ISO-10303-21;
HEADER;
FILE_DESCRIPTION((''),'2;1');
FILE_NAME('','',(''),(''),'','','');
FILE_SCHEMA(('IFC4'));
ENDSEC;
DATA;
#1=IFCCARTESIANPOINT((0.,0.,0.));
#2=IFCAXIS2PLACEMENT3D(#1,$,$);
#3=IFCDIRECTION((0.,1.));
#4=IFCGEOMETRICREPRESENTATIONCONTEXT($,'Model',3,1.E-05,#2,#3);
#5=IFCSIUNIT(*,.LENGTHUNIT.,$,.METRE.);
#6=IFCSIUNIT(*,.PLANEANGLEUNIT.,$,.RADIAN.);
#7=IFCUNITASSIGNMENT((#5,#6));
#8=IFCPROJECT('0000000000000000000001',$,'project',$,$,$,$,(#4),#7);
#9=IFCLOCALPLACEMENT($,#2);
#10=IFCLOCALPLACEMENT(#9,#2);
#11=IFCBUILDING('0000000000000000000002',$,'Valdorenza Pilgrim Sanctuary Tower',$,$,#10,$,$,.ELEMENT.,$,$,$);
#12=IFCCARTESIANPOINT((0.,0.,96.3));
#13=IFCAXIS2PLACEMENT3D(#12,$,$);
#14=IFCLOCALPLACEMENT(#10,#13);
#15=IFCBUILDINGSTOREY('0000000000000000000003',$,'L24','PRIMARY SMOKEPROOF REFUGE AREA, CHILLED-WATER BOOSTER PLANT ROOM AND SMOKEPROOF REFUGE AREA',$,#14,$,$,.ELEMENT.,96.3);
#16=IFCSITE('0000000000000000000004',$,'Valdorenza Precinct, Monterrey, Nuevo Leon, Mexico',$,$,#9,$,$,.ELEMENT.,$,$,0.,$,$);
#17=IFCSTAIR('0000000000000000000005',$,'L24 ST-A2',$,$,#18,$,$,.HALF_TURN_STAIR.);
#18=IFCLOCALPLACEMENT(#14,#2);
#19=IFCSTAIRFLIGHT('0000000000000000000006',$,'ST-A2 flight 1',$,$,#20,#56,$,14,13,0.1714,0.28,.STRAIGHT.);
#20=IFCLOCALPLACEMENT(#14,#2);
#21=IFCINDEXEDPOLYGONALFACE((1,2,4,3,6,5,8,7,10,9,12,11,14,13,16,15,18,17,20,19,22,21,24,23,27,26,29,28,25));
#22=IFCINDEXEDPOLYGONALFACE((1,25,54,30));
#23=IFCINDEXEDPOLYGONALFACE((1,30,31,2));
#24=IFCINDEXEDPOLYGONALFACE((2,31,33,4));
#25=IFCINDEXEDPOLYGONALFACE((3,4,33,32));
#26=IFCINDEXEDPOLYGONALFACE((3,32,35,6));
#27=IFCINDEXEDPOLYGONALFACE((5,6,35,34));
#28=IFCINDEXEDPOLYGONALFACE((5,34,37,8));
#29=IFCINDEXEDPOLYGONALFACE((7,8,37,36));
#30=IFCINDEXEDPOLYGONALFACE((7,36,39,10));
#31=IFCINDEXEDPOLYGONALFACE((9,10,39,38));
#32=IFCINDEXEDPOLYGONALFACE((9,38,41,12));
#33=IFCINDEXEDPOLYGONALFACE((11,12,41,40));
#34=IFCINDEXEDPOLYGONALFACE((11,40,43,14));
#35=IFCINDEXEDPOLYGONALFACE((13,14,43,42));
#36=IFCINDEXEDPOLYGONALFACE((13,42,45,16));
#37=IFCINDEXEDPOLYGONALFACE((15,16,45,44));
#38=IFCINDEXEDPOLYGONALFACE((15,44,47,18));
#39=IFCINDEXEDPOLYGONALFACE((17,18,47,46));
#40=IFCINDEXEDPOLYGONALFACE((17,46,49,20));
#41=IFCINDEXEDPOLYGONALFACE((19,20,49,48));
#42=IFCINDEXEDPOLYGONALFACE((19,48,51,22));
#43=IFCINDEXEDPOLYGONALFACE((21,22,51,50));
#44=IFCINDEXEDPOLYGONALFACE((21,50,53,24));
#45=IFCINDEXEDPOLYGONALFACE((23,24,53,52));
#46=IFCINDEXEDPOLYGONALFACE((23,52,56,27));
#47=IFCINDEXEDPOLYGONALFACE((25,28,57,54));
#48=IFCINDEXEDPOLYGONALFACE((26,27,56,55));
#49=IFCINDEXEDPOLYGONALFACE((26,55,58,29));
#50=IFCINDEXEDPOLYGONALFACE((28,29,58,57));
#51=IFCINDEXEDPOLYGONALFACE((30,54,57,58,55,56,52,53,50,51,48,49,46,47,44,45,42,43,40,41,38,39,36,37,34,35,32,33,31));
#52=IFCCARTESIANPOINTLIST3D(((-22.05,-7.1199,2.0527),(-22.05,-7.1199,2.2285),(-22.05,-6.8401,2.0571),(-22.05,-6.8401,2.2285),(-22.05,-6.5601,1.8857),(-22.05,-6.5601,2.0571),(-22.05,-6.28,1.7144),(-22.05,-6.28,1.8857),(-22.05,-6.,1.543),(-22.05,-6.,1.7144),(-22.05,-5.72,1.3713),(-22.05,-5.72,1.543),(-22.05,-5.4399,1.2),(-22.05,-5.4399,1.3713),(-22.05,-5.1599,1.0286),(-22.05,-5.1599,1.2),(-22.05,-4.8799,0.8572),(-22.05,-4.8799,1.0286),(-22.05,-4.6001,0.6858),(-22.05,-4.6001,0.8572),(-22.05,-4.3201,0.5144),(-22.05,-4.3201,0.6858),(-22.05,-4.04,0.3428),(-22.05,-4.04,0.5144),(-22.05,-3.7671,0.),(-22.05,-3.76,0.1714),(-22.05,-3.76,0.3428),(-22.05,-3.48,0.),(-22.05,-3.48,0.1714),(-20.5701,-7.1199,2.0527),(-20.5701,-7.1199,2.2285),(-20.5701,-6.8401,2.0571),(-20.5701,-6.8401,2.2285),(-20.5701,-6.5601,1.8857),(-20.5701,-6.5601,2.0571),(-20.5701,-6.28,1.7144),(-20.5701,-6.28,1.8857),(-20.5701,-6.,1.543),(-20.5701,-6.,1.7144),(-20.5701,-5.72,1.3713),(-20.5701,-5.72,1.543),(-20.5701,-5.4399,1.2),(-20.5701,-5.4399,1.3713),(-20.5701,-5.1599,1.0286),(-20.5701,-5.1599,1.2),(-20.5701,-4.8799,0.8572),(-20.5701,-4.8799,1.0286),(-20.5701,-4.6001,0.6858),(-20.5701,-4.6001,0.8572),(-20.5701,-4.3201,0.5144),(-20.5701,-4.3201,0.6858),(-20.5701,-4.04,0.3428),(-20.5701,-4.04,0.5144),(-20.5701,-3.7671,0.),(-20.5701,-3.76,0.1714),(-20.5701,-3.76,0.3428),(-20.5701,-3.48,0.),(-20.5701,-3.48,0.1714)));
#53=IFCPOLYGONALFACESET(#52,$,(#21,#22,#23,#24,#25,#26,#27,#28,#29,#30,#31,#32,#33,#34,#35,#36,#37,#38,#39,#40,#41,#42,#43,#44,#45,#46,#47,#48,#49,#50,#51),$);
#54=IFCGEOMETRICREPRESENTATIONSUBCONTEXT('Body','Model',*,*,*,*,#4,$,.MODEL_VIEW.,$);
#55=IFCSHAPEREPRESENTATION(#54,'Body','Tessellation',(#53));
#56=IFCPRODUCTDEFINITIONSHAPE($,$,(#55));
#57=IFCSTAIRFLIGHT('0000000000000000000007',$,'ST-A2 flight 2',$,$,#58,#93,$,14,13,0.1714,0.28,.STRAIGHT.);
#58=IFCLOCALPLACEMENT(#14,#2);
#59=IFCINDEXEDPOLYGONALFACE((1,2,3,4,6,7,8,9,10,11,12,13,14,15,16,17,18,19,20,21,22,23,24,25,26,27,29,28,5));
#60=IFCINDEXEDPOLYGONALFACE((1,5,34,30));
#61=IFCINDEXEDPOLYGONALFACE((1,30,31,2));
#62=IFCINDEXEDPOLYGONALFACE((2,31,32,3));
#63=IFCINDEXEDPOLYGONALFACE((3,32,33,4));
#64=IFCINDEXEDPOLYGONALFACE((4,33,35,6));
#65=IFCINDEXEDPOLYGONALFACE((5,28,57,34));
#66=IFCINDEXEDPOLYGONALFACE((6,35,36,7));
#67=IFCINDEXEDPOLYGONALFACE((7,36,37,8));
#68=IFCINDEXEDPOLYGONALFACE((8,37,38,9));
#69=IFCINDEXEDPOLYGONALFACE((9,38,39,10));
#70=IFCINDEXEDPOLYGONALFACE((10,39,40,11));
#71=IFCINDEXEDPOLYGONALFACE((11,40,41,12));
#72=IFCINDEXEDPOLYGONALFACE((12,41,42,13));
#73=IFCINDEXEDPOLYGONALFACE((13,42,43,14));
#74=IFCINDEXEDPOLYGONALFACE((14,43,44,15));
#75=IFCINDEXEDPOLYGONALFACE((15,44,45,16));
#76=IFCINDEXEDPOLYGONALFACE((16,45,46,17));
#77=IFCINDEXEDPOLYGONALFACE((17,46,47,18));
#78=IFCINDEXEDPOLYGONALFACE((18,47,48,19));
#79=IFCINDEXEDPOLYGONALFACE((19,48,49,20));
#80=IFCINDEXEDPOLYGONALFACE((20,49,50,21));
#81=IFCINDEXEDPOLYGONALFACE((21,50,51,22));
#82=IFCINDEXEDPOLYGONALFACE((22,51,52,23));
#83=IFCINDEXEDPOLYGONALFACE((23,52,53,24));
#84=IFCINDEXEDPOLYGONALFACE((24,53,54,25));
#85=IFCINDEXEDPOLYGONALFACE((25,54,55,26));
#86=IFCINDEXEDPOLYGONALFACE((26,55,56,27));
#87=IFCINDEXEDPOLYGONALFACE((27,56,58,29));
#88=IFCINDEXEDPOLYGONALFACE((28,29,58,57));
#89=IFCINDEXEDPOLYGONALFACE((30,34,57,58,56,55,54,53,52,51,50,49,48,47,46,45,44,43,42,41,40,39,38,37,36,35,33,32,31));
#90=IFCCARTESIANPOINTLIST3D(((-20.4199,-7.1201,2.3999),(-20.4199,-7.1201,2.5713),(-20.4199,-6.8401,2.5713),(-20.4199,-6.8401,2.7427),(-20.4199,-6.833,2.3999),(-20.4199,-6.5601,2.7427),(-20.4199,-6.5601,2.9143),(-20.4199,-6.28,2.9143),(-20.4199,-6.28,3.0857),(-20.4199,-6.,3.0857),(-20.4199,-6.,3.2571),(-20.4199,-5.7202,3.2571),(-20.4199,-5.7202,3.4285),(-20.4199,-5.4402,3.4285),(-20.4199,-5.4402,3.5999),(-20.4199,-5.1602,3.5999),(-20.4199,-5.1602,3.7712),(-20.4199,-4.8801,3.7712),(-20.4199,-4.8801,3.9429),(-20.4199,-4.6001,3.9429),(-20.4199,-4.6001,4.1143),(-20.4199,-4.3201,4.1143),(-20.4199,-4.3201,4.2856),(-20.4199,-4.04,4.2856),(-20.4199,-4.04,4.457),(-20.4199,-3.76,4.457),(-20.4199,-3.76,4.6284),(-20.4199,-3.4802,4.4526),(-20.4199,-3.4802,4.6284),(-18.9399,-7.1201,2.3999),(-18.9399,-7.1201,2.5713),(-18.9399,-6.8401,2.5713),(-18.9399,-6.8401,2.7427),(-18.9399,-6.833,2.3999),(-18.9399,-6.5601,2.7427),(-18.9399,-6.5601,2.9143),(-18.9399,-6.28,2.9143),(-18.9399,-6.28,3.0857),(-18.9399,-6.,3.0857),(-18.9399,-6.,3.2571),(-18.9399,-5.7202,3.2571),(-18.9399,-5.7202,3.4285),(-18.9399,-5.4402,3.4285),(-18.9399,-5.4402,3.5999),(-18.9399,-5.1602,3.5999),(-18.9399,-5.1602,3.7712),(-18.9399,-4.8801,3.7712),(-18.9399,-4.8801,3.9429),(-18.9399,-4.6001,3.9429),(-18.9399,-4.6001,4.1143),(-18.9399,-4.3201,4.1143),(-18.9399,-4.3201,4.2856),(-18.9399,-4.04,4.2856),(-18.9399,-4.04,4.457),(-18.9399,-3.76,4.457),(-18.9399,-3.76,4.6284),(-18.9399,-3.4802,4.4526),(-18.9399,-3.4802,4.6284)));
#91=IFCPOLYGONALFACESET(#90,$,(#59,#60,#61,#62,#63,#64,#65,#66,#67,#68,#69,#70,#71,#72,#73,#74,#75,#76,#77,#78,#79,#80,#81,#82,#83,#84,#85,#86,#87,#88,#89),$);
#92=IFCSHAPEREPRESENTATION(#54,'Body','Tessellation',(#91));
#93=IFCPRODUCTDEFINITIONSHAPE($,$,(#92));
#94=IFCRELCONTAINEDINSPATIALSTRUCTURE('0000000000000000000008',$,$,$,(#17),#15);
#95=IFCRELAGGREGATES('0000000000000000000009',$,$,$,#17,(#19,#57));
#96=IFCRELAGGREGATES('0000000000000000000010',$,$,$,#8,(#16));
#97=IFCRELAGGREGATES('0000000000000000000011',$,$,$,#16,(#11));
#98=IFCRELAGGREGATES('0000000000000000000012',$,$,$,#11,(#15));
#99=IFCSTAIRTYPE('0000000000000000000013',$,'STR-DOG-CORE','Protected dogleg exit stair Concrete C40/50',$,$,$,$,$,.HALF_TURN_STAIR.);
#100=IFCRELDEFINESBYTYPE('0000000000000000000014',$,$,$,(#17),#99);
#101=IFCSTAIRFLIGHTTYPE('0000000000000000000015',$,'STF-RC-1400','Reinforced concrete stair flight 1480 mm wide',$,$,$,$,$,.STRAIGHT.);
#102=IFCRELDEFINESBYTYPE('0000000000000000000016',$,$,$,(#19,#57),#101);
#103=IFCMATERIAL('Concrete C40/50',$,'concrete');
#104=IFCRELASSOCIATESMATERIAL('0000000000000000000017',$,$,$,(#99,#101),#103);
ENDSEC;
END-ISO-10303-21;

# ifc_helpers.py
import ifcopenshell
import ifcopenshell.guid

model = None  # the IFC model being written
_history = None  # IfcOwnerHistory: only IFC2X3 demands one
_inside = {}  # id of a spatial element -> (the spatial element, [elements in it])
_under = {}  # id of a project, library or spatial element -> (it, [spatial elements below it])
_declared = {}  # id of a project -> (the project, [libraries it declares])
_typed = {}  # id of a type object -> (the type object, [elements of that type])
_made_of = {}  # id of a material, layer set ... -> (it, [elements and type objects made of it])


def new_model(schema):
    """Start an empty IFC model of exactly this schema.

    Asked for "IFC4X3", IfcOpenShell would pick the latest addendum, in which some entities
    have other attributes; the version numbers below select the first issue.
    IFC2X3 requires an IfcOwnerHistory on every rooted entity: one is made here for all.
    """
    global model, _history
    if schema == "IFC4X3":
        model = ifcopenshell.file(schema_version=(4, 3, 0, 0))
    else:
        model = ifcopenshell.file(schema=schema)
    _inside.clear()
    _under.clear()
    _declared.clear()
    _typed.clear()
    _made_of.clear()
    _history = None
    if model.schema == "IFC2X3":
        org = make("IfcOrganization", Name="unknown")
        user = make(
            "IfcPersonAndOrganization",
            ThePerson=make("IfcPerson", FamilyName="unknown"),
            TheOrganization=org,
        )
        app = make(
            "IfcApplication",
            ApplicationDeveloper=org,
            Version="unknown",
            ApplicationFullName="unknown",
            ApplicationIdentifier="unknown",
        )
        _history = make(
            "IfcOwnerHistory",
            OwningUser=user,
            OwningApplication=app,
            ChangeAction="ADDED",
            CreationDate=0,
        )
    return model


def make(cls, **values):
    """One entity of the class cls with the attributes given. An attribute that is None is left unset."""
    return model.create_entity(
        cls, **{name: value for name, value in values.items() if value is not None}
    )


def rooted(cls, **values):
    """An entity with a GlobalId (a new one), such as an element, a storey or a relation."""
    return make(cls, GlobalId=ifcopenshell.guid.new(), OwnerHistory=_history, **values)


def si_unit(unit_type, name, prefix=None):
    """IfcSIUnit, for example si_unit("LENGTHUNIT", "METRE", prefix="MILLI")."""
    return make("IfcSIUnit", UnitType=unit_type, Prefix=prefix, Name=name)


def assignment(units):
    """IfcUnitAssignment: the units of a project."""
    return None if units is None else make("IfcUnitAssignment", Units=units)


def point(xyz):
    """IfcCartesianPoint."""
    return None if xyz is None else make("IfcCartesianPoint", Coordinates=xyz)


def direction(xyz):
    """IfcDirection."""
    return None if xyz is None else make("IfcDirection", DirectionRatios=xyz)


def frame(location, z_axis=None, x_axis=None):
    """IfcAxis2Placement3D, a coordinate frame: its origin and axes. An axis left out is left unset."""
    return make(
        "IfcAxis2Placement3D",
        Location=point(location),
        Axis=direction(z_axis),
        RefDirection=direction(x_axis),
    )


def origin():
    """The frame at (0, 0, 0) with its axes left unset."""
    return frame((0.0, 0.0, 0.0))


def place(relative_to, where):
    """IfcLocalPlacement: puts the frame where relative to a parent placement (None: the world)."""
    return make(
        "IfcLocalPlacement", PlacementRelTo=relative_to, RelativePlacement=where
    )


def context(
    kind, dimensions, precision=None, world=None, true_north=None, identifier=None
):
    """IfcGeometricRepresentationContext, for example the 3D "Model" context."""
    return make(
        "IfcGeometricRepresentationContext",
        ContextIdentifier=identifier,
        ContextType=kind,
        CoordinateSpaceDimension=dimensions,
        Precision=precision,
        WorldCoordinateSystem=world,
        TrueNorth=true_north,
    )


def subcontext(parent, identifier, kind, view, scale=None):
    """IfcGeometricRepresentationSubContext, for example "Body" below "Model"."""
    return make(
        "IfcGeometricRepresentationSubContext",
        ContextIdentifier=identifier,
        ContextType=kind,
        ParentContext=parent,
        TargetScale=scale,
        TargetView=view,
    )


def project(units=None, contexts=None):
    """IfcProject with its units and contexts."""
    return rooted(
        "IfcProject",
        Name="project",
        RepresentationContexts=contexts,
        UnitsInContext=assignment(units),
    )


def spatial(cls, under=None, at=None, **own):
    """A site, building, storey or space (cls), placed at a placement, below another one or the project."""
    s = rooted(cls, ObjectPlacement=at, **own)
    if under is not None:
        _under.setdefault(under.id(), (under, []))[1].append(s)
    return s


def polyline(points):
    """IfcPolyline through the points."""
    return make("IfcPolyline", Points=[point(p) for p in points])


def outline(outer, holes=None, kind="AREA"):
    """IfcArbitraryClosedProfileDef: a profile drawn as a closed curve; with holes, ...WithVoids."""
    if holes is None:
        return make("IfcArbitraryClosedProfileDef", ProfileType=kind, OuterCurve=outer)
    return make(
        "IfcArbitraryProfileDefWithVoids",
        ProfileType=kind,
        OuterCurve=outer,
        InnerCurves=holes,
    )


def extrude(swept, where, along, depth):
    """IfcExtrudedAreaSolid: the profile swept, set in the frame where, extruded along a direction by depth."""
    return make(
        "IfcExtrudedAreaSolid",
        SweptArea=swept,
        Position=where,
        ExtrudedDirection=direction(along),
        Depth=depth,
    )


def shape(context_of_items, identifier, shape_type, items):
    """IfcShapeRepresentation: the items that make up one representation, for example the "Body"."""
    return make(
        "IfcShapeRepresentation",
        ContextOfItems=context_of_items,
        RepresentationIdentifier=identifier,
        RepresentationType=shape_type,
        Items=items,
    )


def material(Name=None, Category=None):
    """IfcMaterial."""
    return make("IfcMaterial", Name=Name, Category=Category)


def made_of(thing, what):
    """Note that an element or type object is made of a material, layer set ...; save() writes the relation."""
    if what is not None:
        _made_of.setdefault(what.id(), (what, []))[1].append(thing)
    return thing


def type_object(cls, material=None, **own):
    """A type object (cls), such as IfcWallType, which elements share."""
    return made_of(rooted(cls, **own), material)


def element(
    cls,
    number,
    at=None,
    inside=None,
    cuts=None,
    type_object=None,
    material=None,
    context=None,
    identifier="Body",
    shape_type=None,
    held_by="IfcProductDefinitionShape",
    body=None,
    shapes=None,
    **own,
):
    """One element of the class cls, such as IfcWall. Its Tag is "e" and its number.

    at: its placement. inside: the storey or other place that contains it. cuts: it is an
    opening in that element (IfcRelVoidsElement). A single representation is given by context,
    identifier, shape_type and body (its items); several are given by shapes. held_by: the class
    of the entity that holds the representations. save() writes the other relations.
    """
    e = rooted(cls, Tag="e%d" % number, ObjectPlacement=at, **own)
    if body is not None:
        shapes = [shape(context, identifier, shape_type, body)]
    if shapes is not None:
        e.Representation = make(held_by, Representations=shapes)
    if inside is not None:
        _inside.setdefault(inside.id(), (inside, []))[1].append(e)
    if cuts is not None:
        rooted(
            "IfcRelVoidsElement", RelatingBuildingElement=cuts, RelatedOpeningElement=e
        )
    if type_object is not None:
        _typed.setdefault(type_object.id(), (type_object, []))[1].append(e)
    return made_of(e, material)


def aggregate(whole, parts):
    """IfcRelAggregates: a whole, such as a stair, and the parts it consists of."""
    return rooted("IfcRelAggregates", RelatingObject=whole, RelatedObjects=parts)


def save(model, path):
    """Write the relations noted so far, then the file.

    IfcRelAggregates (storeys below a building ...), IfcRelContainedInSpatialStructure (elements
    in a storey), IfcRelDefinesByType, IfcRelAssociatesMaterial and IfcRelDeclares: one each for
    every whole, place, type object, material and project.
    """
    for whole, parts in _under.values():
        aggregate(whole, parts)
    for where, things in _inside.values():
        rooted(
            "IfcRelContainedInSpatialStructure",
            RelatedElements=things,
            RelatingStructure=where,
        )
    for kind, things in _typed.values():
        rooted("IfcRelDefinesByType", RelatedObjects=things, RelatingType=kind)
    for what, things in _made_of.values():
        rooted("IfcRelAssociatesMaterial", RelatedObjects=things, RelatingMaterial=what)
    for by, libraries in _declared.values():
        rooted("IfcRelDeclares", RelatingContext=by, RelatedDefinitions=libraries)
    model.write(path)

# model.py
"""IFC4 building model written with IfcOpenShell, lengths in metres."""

from ifc_helpers import new_model, si_unit, direction, frame, origin, place, context, subcontext, project, spatial, polyline, outline, extrude, material, type_object, element, aggregate, save


model = new_model("IFC4")

# Units and contexts
model_context = context("Model", 3, precision=1e-05, world=origin(), true_north=direction((0.0, 1.0)))
body_context = subcontext(model_context, "Body", "Model", "MODEL_VIEW")
ifc_project = project(units=[si_unit("LENGTHUNIT", "METRE"), si_unit("PLANEANGLEUNIT", "RADIAN")], contexts=[model_context])

# Site, building, storey
site_placement = place(None, origin())
site = spatial("IfcSite", under=ifc_project, at=site_placement, Name="Valdorenza Precinct, Monterrey, Nuevo Leon, Mexico", CompositionType="ELEMENT", RefElevation=0.0)
building_placement = place(site_placement, origin())
building = spatial("IfcBuilding", under=site, at=building_placement, Name="Valdorenza Pilgrim Sanctuary Tower", CompositionType="ELEMENT")
storey_placement = place(building_placement, frame((0.0, 0.0, 96.3)))
storey = spatial("IfcBuildingStorey", under=building, at=storey_placement, Name="L24", Description="PRIMARY SMOKEPROOF REFUGE AREA, CHILLED-WATER BOOSTER PLANT ROOM AND SMOKEPROOF REFUGE AREA", CompositionType="ELEMENT", Elevation=96.3)

# Shared definitions
ifc_material_1 = material(Name="Concrete C40/50", Category="concrete")

# Stair, stair flights
stair_type = type_object("IfcStairType", Name="STR-DOG-CORE", Description="Protected dogleg exit stair Concrete C40/50", PredefinedType="HALF_TURN_STAIR", material=ifc_material_1)
stair_placement = place(storey_placement, origin())
stair = element("IfcStair", 1, at=stair_placement, inside=storey, type_object=stair_type, Name="L24 ST-A2", PredefinedType="HALF_TURN_STAIR")
stair_flight_type = type_object("IfcStairFlightType", Name="STF-RC-1400", Description="Reinforced concrete stair flight 1480 mm wide", PredefinedType="STRAIGHT", material=ifc_material_1)
stair_flight_1_placement = place(storey_placement, frame((-21.3101, -3.48, 0.0), z_axis=(0.0, 0.0, 1.0), x_axis=(0.0, -1.0, 0.0)))
stair_flight_1 = element("IfcStairFlight", 2, at=stair_flight_1_placement, type_object=stair_flight_type, Name="ST-A2 flight 1", NumberOfRisers=14, NumberOfTreads=13, PredefinedType="STRAIGHT", RiserHeight=0.1714, TreadLength=0.28, context=body_context, shape_type="SweptSolid", body=[
    extrude(outline(polyline([(0.0, 0.0), (0.0, 0.1714), (0.28, 0.1714), (0.28, 0.3428), (0.5601, 0.3428), (0.5601, 0.5144), (0.8401, 0.5144), (0.8401, 0.6858), (1.1201, 0.6858), (1.1201, 0.8572), (1.3999, 0.8572), (1.3999, 1.0286), (1.6799, 1.0286), (1.6799, 1.2), (1.96, 1.2), (1.96, 1.3713), (2.24, 1.3713), (2.24, 1.543), (2.52, 1.543), (2.52, 1.7144), (2.8, 1.7144), (2.8, 1.8857), (3.0801, 1.8857), (3.0801, 2.0571), (3.3601, 2.0571), (3.3601, 2.2285), (3.6399, 2.2285), (3.6399, 2.3999), (3.6399, 2.0527), (0.2871, 0.0), (0.0, 0.0)])), frame((0.0, 0.74, 0.0), z_axis=(0.0, -1.0, 0.0), x_axis=(1.0, 0.0, 0.0)), (0.0, 0.0, 1.0), 1.48),
])
stair_flight_2_placement = place(storey_placement, frame((-19.6799, -7.1201, 2.3999), z_axis=(0.0, 0.0, 1.0), x_axis=(0.0, 1.0, 0.0)))
stair_flight_2 = element("IfcStairFlight", 3, at=stair_flight_2_placement, type_object=stair_flight_type, Name="ST-A2 flight 2", NumberOfRisers=14, NumberOfTreads=13, PredefinedType="STRAIGHT", RiserHeight=0.1714, TreadLength=0.28, context=body_context, shape_type="SweptSolid", body=[
    extrude(outline(polyline([(0.0, 0.0), (0.0, 0.1714), (0.28, 0.1714), (0.28, 0.3428), (0.5601, 0.3428), (0.5601, 0.5144), (0.8401, 0.5144), (0.8401, 0.6858), (1.1201, 0.6858), (1.1201, 0.8572), (1.3999, 0.8572), (1.3999, 1.0286), (1.6799, 1.0286), (1.6799, 1.2), (1.96, 1.2), (1.96, 1.3713), (2.24, 1.3713), (2.24, 1.543), (2.52, 1.543), (2.52, 1.7144), (2.8, 1.7144), (2.8, 1.8857), (3.0801, 1.8857), (3.0801, 2.0571), (3.3601, 2.0571), (3.3601, 2.2285), (3.6399, 2.2285), (3.6399, 2.3999), (3.6399, 2.0527), (0.2871, 0.0), (0.0, 0.0)])), frame((0.0, 0.74, 0.0), z_axis=(0.0, -1.0, 0.0), x_axis=(1.0, 0.0, 0.0)), (0.0, 0.0, 1.0), 1.48),
])
aggregate(stair, [stair_flight_1, stair_flight_2])

save(model, "model.ifc")
